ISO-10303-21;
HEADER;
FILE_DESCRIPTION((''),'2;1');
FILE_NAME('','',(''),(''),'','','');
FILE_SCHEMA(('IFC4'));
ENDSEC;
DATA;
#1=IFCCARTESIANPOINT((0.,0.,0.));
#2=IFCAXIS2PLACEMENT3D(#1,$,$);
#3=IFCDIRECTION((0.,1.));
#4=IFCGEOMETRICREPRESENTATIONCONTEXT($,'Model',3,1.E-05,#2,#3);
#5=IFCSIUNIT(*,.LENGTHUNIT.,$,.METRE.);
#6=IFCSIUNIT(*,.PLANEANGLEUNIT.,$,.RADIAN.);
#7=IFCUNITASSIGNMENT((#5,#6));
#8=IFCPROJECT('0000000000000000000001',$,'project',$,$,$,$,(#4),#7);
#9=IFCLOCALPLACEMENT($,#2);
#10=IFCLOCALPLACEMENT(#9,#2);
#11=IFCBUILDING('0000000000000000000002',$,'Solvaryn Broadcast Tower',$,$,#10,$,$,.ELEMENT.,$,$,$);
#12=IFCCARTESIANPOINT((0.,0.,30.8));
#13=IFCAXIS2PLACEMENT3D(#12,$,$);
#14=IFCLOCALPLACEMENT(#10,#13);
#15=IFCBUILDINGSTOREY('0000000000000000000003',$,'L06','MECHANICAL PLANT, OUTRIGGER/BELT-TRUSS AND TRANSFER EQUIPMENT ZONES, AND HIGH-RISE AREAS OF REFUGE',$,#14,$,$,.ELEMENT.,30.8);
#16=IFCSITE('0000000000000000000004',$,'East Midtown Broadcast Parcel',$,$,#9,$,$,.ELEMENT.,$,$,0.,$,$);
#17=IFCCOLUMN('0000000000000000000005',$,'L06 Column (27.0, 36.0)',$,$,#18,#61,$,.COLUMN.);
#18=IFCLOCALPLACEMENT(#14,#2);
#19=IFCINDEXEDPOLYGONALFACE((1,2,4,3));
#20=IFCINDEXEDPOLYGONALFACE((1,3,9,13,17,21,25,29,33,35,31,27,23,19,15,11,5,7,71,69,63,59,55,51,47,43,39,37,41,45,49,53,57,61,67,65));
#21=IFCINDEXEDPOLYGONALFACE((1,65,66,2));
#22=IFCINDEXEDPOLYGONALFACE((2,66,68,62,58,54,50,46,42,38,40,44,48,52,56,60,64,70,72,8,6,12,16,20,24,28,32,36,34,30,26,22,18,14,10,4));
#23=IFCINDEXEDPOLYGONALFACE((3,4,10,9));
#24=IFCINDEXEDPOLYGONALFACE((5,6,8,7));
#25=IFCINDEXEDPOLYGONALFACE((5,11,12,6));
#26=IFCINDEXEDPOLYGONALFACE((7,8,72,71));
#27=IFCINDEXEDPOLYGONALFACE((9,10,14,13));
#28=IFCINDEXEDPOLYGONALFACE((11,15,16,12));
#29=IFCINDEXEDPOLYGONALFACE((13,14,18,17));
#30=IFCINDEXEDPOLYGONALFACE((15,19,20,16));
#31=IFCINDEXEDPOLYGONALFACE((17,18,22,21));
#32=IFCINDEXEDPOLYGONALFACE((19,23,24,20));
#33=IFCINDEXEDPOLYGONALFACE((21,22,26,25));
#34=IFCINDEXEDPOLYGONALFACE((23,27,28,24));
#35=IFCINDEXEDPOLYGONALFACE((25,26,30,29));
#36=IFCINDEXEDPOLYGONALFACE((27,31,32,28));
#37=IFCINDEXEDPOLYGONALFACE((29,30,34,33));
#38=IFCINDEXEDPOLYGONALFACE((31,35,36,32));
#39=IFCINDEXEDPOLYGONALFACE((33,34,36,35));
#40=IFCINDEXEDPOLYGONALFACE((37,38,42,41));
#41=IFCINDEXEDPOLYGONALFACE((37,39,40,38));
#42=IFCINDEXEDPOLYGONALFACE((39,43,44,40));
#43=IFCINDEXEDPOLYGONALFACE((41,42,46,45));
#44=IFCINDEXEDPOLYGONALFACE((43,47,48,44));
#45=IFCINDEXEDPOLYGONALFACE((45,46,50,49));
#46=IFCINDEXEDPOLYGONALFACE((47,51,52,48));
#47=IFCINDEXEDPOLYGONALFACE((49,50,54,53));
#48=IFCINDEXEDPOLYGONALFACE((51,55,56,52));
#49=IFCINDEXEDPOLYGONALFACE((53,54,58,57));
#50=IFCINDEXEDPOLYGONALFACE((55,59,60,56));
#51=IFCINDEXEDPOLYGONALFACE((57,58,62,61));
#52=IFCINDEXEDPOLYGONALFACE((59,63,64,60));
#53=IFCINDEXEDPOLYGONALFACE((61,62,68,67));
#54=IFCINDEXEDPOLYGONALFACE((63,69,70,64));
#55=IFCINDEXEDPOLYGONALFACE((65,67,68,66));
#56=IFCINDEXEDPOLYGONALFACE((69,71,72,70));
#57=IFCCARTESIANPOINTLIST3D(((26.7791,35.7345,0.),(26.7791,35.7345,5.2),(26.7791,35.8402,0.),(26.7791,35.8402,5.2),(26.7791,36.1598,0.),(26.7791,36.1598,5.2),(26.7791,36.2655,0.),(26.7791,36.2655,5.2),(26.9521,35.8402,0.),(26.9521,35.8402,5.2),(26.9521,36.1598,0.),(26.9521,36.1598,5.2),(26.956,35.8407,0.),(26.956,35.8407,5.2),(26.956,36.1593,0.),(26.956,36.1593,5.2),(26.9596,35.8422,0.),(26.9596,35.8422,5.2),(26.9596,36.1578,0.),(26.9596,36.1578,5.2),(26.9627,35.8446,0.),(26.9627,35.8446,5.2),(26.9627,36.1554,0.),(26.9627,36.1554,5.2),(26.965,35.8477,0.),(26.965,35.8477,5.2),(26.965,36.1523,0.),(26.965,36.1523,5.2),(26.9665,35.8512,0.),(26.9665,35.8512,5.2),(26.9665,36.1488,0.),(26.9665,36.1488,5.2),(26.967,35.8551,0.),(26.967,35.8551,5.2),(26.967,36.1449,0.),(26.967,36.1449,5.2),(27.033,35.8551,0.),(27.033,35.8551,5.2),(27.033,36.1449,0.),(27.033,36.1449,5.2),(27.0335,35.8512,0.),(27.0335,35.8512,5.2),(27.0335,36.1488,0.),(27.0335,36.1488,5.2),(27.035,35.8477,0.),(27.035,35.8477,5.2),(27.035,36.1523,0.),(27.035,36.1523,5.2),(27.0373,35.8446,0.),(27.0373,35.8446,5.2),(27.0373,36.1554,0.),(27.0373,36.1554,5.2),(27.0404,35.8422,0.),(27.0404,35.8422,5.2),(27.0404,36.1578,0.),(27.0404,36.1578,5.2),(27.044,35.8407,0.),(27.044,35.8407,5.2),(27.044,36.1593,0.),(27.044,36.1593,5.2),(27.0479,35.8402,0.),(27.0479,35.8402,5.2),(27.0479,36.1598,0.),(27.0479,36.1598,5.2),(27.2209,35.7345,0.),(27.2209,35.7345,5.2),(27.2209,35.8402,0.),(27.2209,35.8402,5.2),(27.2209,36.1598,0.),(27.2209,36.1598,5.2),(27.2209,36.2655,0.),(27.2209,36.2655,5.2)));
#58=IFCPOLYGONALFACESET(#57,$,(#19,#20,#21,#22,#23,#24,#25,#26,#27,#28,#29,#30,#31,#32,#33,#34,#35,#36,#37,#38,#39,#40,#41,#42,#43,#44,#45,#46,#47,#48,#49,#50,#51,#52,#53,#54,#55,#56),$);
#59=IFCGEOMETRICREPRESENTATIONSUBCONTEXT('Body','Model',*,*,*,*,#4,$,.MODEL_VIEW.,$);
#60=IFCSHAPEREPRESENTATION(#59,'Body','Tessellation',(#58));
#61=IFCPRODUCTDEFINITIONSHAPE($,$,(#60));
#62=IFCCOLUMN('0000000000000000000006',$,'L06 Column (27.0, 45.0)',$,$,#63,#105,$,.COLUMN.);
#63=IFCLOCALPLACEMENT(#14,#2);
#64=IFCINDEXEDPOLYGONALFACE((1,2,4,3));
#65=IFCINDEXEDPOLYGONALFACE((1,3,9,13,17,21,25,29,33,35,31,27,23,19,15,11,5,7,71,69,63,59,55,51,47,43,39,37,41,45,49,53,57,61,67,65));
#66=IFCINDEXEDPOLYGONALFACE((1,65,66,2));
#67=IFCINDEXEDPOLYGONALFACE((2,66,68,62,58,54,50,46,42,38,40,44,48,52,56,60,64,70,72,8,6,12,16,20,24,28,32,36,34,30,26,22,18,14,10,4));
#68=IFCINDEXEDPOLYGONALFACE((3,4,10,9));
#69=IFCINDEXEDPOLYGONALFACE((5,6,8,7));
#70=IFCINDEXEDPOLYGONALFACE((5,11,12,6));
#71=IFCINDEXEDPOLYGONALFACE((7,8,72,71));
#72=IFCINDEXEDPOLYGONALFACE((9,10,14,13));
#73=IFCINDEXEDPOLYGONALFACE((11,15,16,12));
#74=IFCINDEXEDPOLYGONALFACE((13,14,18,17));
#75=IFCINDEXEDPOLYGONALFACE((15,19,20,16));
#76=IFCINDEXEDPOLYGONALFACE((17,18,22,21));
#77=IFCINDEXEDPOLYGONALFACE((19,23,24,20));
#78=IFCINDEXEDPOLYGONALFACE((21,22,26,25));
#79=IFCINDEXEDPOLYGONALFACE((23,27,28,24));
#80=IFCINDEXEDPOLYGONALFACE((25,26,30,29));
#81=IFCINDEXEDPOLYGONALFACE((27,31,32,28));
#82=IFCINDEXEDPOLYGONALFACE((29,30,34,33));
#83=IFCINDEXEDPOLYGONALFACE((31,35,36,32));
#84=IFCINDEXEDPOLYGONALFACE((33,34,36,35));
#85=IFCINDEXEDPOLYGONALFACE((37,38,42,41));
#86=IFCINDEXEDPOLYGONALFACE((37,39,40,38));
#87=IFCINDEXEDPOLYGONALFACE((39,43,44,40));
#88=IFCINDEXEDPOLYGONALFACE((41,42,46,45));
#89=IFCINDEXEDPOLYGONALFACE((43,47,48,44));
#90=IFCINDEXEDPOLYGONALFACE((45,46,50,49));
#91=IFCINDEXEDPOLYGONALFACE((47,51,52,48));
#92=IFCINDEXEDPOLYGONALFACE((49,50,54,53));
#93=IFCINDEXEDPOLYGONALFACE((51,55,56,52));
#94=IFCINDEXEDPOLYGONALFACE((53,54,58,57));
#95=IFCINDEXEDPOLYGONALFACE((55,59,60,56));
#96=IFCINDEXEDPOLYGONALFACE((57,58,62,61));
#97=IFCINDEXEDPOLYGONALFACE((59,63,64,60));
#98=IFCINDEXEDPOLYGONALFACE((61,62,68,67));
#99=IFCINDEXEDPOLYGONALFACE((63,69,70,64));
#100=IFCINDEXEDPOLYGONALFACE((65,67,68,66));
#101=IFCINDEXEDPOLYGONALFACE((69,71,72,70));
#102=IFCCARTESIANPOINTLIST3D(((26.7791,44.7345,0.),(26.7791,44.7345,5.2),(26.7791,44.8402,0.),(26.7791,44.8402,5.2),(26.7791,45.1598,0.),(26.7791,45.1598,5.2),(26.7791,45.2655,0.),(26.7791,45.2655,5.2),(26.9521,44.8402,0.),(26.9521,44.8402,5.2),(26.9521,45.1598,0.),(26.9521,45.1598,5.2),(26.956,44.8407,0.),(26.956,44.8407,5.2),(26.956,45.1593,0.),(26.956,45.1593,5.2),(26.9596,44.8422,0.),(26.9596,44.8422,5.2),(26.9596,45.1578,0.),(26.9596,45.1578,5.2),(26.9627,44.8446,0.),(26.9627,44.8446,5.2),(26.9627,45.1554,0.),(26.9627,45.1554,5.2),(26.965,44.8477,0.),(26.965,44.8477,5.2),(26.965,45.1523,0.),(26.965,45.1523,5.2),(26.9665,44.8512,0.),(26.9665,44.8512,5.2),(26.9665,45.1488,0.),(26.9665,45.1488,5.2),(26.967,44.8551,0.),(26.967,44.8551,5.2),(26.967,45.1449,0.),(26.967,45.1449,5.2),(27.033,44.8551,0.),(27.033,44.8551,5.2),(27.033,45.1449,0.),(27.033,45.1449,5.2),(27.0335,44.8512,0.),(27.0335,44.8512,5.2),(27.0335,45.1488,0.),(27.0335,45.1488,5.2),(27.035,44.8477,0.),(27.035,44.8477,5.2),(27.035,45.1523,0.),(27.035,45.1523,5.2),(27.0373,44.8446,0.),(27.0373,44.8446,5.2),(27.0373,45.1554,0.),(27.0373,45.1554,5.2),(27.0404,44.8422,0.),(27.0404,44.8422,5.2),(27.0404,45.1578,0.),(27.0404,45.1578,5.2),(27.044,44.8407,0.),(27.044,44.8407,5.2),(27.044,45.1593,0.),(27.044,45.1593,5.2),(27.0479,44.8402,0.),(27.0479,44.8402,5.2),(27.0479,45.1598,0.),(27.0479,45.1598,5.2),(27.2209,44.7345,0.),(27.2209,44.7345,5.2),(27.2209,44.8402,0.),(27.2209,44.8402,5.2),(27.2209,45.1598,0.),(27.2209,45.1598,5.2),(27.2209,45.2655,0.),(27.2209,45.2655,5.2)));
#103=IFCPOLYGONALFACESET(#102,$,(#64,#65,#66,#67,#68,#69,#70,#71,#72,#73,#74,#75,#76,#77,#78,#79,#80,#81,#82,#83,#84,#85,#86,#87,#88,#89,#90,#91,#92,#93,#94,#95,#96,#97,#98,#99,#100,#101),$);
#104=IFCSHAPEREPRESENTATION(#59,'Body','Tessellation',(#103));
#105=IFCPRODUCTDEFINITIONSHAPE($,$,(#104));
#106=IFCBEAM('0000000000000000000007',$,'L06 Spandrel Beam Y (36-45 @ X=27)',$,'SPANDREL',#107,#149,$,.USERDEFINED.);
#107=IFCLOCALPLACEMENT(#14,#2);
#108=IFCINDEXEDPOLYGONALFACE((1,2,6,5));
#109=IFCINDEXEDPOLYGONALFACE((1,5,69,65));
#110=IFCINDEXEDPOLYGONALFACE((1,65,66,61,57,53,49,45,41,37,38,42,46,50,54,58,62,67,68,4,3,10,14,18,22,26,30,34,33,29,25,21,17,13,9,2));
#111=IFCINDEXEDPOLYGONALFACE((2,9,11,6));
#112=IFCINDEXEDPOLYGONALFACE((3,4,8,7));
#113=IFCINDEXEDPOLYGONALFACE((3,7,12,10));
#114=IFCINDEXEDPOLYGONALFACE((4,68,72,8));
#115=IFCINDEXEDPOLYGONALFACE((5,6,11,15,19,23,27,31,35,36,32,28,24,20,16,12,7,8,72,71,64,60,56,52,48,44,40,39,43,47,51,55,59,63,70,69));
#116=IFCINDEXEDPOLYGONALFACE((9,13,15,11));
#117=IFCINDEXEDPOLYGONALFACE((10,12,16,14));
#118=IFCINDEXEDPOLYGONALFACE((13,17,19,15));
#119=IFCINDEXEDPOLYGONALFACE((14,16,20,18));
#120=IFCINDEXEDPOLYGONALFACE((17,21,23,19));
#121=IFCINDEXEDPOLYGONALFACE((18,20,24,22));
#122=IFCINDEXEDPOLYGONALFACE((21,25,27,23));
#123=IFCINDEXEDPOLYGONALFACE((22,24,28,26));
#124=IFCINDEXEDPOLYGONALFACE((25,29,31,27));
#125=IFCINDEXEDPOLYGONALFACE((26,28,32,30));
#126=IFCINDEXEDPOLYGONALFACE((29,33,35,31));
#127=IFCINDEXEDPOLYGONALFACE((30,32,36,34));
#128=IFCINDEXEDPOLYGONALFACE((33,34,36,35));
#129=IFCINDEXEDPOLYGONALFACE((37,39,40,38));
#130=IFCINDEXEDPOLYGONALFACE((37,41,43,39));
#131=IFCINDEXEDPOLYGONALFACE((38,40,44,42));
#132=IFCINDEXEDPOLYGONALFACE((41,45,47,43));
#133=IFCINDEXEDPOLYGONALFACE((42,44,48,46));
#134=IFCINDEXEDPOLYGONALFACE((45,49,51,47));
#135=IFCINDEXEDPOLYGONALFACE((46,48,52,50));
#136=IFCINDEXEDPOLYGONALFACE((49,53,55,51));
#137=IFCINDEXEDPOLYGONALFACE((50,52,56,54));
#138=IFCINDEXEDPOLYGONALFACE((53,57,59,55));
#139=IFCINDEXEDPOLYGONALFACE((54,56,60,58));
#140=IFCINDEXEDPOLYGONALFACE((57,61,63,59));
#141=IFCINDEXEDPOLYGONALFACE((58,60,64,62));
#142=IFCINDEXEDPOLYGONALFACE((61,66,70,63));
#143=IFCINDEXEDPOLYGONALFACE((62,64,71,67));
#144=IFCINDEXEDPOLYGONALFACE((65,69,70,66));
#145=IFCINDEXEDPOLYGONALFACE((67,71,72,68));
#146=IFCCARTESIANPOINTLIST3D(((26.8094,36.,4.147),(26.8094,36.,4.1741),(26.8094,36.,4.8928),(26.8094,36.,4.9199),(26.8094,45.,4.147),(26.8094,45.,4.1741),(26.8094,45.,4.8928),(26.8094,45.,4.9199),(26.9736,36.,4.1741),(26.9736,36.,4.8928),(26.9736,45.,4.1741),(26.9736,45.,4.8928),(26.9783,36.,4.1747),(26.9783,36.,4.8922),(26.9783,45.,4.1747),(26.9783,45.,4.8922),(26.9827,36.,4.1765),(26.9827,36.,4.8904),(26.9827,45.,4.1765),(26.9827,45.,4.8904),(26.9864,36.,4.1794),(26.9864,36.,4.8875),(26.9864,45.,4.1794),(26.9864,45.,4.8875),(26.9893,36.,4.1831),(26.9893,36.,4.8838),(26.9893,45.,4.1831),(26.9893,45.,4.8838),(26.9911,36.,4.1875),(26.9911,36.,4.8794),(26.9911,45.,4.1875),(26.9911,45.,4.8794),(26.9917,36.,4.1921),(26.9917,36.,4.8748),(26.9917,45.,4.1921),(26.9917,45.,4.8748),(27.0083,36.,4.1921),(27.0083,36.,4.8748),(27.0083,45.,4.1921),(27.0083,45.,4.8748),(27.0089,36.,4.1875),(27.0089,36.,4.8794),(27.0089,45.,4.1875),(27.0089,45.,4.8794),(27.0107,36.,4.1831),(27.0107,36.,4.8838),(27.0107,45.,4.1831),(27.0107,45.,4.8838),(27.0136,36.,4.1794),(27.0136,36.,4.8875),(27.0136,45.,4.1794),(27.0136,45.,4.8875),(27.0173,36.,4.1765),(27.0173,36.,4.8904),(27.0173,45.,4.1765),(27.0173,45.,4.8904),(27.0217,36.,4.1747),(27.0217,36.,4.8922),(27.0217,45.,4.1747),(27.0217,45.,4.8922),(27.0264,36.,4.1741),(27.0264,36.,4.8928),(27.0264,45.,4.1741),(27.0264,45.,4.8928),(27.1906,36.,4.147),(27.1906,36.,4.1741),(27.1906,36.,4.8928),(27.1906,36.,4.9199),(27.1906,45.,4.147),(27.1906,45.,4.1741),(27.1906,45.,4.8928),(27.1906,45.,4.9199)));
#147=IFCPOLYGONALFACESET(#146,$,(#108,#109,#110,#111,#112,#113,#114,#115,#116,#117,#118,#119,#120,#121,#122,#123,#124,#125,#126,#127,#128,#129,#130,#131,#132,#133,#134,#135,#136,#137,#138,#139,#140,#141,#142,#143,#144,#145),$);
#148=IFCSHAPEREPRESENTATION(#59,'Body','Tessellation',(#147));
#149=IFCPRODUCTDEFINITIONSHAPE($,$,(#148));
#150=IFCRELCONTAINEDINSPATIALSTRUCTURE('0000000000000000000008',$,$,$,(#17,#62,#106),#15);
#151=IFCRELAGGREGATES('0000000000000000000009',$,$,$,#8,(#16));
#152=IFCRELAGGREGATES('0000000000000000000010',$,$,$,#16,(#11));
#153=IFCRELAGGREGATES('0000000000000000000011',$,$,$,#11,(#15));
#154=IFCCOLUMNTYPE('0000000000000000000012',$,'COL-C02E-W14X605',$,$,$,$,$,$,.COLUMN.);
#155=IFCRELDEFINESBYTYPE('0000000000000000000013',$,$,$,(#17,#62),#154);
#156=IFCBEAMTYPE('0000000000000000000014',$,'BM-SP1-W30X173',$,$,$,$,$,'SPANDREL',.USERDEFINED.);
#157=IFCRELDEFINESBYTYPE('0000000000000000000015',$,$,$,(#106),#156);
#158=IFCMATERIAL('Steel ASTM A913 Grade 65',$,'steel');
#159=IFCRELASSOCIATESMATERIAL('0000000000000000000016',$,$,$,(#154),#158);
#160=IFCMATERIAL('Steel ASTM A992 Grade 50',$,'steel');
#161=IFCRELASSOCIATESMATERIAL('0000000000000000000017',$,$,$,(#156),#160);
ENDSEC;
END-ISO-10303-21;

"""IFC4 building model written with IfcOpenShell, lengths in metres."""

from ifc_helpers import new_model, si_unit, direction, frame, origin, origin_2d, place, context, subcontext, project, spatial, i_section, extrude, material, material_profile, profile_set, type_object, element, save


model = new_model("IFC4")

# Units and contexts
model_context = context("Model", 3, precision=1e-05, world=origin(), true_north=direction((0.0, 1.0)))
body_context = subcontext(model_context, "Body", "Model", "MODEL_VIEW")
ifc_project = project(units=[si_unit("LENGTHUNIT", "METRE"), si_unit("PLANEANGLEUNIT", "RADIAN")], contexts=[model_context])

# Site, building, storey
site_placement = place(None, origin())
site = spatial("IfcSite", under=ifc_project, at=site_placement, Name="East Midtown Broadcast Parcel", CompositionType="ELEMENT", RefElevation=0.0)
building_placement = place(site_placement, origin())
building = spatial("IfcBuilding", under=site, at=building_placement, Name="Solvaryn Broadcast Tower", CompositionType="ELEMENT")
storey_placement = place(building_placement, frame((0.0, 0.0, 30.8)))
storey = spatial("IfcBuildingStorey", under=building, at=storey_placement, Name="L06", Description="MECHANICAL PLANT, OUTRIGGER/BELT-TRUSS AND TRANSFER EQUIPMENT ZONES, AND HIGH-RISE AREAS OF REFUGE", CompositionType="ELEMENT", Elevation=30.8)

# Columns
ifc_material_1 = material(Name="Steel ASTM A913 Grade 65", Category="steel")
ifc_material_profile_1 = material_profile(ifc_material_1, i_section(OverallWidth=0.4419, OverallDepth=0.531, WebThickness=0.0659, FlangeThickness=0.1057, FilletRadius=0.0149, at=origin_2d()))
ifc_profile_set_1 = profile_set([ifc_material_profile_1], Name="Steel ASTM A913 Grade 65")
column_type = type_object("IfcColumnType", Name="COL-C02E-W14X605", PredefinedType="COLUMN", material=ifc_profile_set_1)
for number, where, z_axis, x_axis, name in (
    (1, (27.0, 36.0, 0.0), (0.0, 0.0, 1.0), (1.0, 0.0, 0.0), "L06 Column (27.0, 36.0)"),
    (2, (27.0, 45.0, 0.0), (0.0, 0.0, 1.0), (1.0, 0.0, 0.0), "L06 Column (27.0, 45.0)"),
):
    element("IfcColumn", number, at=place(storey_placement, frame(where, z_axis=z_axis, x_axis=x_axis)), inside=storey, type_object=column_type, Name=name, PredefinedType="COLUMN", context=body_context, shape_type="SweptSolid", body=[
        extrude(i_section(OverallWidth=0.4419, OverallDepth=0.531, WebThickness=0.0659, FlangeThickness=0.1057, FilletRadius=0.0149, at=origin_2d()), origin(), (0.0, 0.0, 1.0), 5.2),
    ])

# Beam
ifc_material_2 = material(Name="Steel ASTM A992 Grade 50", Category="steel")
ifc_material_profile_2 = material_profile(ifc_material_2, i_section(OverallWidth=0.3811, OverallDepth=0.7729, WebThickness=0.0166, FlangeThickness=0.0271, FilletRadius=0.0181, at=origin_2d()))
ifc_profile_set_2 = profile_set([ifc_material_profile_2], Name="Steel ASTM A992 Grade 50")
beam_type = type_object("IfcBeamType", Name="BM-SP1-W30X173", ElementType="SPANDREL", PredefinedType="USERDEFINED", material=ifc_profile_set_2)
beam_placement = place(storey_placement, frame((27.0, 36.0, 4.5334), z_axis=(0.0, 1.0, 0.0), x_axis=(-1.0, 0.0, 0.0)))
element("IfcBeam", 3, at=beam_placement, inside=storey, type_object=beam_type, Name="L06 Spandrel Beam Y (36-45 @ X=27)", ObjectType="SPANDREL", PredefinedType="USERDEFINED", context=body_context, shape_type="SweptSolid", body=[
    extrude(i_section(OverallWidth=0.3811, OverallDepth=0.7729, WebThickness=0.0166, FlangeThickness=0.0271, FilletRadius=0.0181, at=origin_2d()), origin(), (0.0, 0.0, 1.0), 9.0),
])

save(model, "model.ifc")
